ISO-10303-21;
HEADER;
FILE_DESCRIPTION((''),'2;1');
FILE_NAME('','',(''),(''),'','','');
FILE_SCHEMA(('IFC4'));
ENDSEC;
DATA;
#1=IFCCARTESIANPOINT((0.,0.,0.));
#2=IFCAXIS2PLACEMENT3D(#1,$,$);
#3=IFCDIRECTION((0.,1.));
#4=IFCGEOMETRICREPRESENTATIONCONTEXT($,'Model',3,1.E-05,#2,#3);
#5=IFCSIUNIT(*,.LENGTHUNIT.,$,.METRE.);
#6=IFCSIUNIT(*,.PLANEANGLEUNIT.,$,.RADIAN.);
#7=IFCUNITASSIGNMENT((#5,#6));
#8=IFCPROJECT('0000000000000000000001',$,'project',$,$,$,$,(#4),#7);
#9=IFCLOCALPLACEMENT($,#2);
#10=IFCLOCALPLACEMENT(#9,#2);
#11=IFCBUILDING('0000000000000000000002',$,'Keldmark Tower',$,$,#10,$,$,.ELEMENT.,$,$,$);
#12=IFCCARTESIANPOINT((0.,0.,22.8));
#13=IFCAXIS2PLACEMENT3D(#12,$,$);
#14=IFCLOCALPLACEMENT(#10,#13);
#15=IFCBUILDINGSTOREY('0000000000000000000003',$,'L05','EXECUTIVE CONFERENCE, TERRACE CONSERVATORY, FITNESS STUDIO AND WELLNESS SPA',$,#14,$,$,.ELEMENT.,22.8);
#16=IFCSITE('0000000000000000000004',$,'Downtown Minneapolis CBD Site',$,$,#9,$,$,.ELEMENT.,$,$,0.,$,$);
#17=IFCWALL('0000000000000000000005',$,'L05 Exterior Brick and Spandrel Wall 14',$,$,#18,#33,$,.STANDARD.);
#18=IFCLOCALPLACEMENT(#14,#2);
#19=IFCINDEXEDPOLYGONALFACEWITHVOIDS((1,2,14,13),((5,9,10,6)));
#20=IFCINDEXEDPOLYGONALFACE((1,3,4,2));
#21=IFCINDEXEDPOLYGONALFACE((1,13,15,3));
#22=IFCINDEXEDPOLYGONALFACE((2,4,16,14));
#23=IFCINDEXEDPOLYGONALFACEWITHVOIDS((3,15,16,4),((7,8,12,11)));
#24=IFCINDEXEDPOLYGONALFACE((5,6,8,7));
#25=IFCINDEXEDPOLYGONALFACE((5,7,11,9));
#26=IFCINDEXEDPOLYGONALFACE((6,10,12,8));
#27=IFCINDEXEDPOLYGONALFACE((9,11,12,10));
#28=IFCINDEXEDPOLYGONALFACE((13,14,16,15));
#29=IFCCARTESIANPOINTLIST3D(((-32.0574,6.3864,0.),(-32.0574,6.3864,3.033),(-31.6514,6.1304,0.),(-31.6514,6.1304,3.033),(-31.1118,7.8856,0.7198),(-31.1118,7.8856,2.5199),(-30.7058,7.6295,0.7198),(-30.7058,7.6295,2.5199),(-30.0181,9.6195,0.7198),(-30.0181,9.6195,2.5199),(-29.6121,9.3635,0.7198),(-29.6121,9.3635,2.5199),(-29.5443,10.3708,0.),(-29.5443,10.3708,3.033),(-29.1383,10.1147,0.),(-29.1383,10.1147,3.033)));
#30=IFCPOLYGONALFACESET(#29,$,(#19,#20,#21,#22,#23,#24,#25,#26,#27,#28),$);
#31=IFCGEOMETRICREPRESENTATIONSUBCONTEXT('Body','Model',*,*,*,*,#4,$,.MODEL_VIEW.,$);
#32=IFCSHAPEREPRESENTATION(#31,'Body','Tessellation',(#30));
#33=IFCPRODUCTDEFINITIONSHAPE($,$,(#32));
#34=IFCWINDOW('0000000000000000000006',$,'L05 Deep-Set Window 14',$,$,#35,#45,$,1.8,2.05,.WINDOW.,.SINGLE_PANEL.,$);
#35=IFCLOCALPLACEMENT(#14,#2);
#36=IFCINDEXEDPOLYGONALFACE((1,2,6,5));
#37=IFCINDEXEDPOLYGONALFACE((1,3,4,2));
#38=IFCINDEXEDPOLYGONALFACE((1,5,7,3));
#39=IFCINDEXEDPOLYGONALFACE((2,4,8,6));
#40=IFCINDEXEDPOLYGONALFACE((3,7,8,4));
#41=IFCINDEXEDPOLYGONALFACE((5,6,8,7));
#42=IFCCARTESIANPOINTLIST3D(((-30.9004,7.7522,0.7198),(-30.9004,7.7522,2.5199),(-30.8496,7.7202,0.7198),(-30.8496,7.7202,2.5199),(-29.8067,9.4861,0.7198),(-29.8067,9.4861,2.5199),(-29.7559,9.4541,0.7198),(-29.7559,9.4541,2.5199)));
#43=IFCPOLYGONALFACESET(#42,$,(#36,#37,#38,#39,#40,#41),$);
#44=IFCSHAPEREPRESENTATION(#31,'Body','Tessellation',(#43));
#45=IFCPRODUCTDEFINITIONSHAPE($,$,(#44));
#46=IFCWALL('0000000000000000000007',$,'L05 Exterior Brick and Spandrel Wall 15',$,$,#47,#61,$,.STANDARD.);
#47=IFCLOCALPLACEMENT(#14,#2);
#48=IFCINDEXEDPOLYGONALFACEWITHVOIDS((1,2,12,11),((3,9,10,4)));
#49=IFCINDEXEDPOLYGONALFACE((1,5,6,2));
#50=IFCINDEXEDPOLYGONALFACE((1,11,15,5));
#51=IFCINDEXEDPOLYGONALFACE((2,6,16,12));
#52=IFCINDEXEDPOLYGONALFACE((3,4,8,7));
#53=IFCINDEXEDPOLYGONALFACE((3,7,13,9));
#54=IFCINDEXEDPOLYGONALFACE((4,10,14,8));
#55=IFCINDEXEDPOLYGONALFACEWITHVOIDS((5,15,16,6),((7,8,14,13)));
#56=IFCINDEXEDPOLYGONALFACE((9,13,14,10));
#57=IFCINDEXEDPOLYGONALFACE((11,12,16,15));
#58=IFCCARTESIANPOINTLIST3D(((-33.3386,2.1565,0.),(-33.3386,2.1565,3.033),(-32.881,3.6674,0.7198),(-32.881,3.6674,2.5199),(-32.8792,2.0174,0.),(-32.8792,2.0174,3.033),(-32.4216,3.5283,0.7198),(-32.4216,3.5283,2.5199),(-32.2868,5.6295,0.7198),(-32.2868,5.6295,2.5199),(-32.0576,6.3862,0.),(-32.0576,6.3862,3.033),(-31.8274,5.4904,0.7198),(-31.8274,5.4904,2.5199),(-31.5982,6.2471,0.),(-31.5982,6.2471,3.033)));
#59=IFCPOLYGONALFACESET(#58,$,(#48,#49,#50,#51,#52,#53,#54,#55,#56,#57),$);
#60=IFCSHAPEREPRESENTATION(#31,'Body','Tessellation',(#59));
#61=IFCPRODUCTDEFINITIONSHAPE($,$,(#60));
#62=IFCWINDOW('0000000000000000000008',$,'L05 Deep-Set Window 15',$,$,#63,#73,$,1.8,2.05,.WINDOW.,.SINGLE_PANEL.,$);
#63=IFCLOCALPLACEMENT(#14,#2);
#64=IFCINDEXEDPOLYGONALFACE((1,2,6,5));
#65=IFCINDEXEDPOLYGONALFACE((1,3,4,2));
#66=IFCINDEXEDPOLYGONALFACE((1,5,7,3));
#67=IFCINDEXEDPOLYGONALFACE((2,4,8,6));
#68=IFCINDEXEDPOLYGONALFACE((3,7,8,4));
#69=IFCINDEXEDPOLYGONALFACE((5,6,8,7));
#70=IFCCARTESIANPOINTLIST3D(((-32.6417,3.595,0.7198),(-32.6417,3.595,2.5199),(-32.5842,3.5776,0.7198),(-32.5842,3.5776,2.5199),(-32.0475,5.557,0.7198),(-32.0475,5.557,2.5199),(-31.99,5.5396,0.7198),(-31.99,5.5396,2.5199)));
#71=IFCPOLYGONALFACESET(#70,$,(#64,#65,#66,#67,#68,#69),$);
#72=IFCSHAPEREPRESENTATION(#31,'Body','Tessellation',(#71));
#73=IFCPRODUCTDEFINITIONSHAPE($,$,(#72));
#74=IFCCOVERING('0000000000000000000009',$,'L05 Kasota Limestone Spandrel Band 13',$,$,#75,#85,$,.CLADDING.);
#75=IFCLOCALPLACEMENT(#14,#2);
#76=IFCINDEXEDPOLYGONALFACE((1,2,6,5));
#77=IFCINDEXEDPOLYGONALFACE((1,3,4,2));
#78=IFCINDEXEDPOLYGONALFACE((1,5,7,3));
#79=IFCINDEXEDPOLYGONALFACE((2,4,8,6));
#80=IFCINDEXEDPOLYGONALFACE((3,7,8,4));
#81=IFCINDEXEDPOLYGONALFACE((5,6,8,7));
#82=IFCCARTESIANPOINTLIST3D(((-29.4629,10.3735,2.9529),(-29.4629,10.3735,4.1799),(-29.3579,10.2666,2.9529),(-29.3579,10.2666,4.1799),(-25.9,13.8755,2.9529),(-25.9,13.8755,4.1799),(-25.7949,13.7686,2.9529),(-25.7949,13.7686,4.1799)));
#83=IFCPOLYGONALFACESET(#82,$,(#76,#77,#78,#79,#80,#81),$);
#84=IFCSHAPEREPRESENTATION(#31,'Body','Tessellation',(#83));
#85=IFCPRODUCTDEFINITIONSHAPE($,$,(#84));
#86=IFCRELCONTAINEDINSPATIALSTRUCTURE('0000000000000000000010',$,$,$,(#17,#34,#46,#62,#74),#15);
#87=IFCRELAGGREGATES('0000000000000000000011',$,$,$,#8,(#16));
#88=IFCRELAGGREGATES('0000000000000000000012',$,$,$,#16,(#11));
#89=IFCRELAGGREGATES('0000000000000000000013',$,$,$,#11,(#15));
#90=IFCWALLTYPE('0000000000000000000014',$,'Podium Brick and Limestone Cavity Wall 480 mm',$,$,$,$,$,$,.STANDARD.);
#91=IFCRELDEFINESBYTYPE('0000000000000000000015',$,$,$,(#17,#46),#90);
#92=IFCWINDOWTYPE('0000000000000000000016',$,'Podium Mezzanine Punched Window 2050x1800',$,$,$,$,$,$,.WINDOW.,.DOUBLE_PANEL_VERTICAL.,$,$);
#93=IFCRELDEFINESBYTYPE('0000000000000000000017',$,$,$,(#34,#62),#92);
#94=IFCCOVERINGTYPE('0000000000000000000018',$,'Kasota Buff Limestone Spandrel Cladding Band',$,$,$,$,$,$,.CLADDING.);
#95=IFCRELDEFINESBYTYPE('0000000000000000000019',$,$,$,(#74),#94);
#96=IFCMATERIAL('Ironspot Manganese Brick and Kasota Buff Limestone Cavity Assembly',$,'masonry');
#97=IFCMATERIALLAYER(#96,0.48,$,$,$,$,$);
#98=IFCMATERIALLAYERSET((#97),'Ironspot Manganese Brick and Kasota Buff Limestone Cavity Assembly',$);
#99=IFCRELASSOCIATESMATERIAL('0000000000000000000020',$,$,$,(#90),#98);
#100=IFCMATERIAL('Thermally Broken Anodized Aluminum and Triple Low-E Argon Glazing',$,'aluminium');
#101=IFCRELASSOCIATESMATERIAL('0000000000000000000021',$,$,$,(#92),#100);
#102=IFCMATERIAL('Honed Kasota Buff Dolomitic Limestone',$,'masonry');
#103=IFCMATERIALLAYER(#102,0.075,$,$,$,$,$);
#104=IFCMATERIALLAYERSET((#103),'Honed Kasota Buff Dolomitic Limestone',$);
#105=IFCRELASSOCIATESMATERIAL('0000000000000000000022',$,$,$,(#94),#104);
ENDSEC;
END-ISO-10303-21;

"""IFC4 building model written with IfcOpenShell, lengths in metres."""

from ifc_helpers import new_model, si_unit, direction, frame, frame_2d, origin, origin_2d, place, context, subcontext, project, spatial, rectangle, extrude, material, layer, layer_set, type_object, element, fill, save


model = new_model("IFC4")

# Units and contexts
model_context = context("Model", 3, precision=1e-05, world=origin(), true_north=direction((0.0, 1.0)))
body_context = subcontext(model_context, "Body", "Model", "MODEL_VIEW")
ifc_project = project(units=[si_unit("LENGTHUNIT", "METRE"), si_unit("PLANEANGLEUNIT", "RADIAN")], contexts=[model_context])

# Site, building, storey
site_placement = place(None, origin())
site = spatial("IfcSite", under=ifc_project, at=site_placement, Name="Downtown Minneapolis CBD Site", CompositionType="ELEMENT", RefElevation=0.0)
building_placement = place(site_placement, origin())
building = spatial("IfcBuilding", under=site, at=building_placement, Name="Keldmark Tower", CompositionType="ELEMENT")
storey_placement = place(building_placement, frame((0.0, 0.0, 22.8)))
storey = spatial("IfcBuildingStorey", under=building, at=storey_placement, Name="L05", Description="EXECUTIVE CONFERENCE, TERRACE CONSERVATORY, FITNESS STUDIO AND WELLNESS SPA", CompositionType="ELEMENT", Elevation=22.8)

# Walls, openings, windows
ifc_material_1 = material(Name="Ironspot Manganese Brick and Kasota Buff Limestone Cavity Assembly", Category="masonry")
ifc_layer_1 = layer(ifc_material_1, 0.48)
ifc_layer_set_1 = layer_set([ifc_layer_1], Name="Ironspot Manganese Brick and Kasota Buff Limestone Cavity Assembly")
wall_type_1 = type_object("IfcWallType", Name="Podium Brick and Limestone Cavity Wall 480 mm", PredefinedType="STANDARD", material=ifc_layer_set_1)
ifc_material_2 = material(Name="Thermally Broken Anodized Aluminum and Triple Low-E Argon Glazing", Category="aluminium")
window_type = type_object("IfcWindowType", Name="Podium Mezzanine Punched Window 2050x1800", PartitioningType="DOUBLE_PANEL_VERTICAL", PredefinedType="WINDOW", material=ifc_material_2)
wall_1_placement = place(storey_placement, frame((-31.8545, 6.2583, 0.0), z_axis=(0.0, 0.0, 1.0), x_axis=(0.533498, 0.845802, 0.0)))
wall_1 = element("IfcWall", 1, at=wall_1_placement, inside=storey, type_object=wall_type_1, Name="L05 Exterior Brick and Spandrel Wall 14", PredefinedType="STANDARD", context=body_context, shape_type="SweptSolid", body=[
    extrude(rectangle(XDim=4.7107, YDim=0.48, at=frame_2d((2.3555, 0.0))), origin(), (0.0, 0.0, 1.0), 3.033),
])
opening_1_placement = place(wall_1_placement, frame((1.7727, 0.0, 0.72)))
opening_1 = element("IfcOpeningElement", 2, at=opening_1_placement, cuts=wall_1, PredefinedType="OPENING", context=body_context, shape_type="SweptSolid", body=[
    extrude(rectangle(XDim=2.05, YDim=1.8, at=frame_2d((1.0249, 0.8999))), frame((0.0, 0.25, 0.0), z_axis=(0.0, -1.0, 0.0), x_axis=(1.0, 0.0, 0.0)), (0.0, 0.0, 1.0), 0.5),
])
window_1_placement = place(opening_1_placement, origin())
window_1 = element("IfcWindow", 3, at=window_1_placement, inside=storey, type_object=window_type, Name="L05 Deep-Set Window 14", OverallHeight=1.8, OverallWidth=2.05, PartitioningType="SINGLE_PANEL", PredefinedType="WINDOW", context=body_context, shape_type="SweptSolid", body=[
    extrude(rectangle(XDim=2.05, YDim=1.8, at=frame_2d((1.0249, 0.8999))), frame((0.0, -0.01, 0.0), z_axis=(0.0, -1.0, 0.0), x_axis=(1.0, 0.0, 0.0)), (0.0, 0.0, 1.0), 0.0601),
])
fill(opening_1, window_1)
wall_2_placement = place(storey_placement, frame((-33.1089, 2.0869, 0.0), z_axis=(0.0, 0.0, 1.0), x_axis=(0.289856, 0.95707, 0.0)))
wall_2 = element("IfcWall", 4, at=wall_2_placement, inside=storey, type_object=wall_type_1, Name="L05 Exterior Brick and Spandrel Wall 15", PredefinedType="STANDARD", context=body_context, shape_type="SweptSolid", body=[
    extrude(rectangle(XDim=4.4194, YDim=0.48, at=frame_2d((2.2097, 0.0))), origin(), (0.0, 0.0, 1.0), 3.033),
])
opening_2_placement = place(wall_2_placement, frame((1.5789, 0.0, 0.72)))
opening_2 = element("IfcOpeningElement", 5, at=opening_2_placement, cuts=wall_2, PredefinedType="OPENING", context=body_context, shape_type="SweptSolid", body=[
    extrude(rectangle(XDim=2.05, YDim=1.8, at=frame_2d((1.0249, 0.8999))), frame((0.0, 0.25, 0.0), z_axis=(0.0, -1.0, 0.0), x_axis=(1.0, 0.0, 0.0)), (0.0, 0.0, 1.0), 0.5),
])
window_2_placement = place(opening_2_placement, origin())
window_2 = element("IfcWindow", 6, at=window_2_placement, inside=storey, type_object=window_type, Name="L05 Deep-Set Window 15", OverallHeight=1.8, OverallWidth=2.05, PartitioningType="SINGLE_PANEL", PredefinedType="WINDOW", context=body_context, shape_type="SweptSolid", body=[
    extrude(rectangle(XDim=2.05, YDim=1.8, at=frame_2d((1.0249, 0.8999))), frame((0.0, -0.01, 0.0), z_axis=(0.0, -1.0, 0.0), x_axis=(1.0, 0.0, 0.0)), (0.0, 0.0, 1.0), 0.0601),
])
fill(opening_2, window_2)

# Covering
ifc_material_3 = material(Name="Honed Kasota Buff Dolomitic Limestone", Category="masonry")
ifc_layer_2 = layer(ifc_material_3, 0.075)
ifc_layer_set_2 = layer_set([ifc_layer_2], Name="Honed Kasota Buff Dolomitic Limestone")
covering_type = type_object("IfcCoveringType", Name="Kasota Buff Limestone Spandrel Cladding Band", PredefinedType="CLADDING", material=ifc_layer_set_2)
covering_placement = place(storey_placement, frame((-27.6289, 12.071, 2.9529), z_axis=(0.0, 0.0, 1.0), x_axis=(-0.713189, -0.700972, 0.0)))
element("IfcCovering", 7, at=covering_placement, inside=storey, type_object=covering_type, Name="L05 Kasota Limestone Spandrel Band 13", PredefinedType="CLADDING", context=body_context, shape_type="SweptSolid", body=[
    extrude(rectangle(XDim=4.9958, YDim=0.1499, at=origin_2d()), origin(), (0.0, 0.0, 1.0), 1.2271),
])

save(model, "model.ifc")
